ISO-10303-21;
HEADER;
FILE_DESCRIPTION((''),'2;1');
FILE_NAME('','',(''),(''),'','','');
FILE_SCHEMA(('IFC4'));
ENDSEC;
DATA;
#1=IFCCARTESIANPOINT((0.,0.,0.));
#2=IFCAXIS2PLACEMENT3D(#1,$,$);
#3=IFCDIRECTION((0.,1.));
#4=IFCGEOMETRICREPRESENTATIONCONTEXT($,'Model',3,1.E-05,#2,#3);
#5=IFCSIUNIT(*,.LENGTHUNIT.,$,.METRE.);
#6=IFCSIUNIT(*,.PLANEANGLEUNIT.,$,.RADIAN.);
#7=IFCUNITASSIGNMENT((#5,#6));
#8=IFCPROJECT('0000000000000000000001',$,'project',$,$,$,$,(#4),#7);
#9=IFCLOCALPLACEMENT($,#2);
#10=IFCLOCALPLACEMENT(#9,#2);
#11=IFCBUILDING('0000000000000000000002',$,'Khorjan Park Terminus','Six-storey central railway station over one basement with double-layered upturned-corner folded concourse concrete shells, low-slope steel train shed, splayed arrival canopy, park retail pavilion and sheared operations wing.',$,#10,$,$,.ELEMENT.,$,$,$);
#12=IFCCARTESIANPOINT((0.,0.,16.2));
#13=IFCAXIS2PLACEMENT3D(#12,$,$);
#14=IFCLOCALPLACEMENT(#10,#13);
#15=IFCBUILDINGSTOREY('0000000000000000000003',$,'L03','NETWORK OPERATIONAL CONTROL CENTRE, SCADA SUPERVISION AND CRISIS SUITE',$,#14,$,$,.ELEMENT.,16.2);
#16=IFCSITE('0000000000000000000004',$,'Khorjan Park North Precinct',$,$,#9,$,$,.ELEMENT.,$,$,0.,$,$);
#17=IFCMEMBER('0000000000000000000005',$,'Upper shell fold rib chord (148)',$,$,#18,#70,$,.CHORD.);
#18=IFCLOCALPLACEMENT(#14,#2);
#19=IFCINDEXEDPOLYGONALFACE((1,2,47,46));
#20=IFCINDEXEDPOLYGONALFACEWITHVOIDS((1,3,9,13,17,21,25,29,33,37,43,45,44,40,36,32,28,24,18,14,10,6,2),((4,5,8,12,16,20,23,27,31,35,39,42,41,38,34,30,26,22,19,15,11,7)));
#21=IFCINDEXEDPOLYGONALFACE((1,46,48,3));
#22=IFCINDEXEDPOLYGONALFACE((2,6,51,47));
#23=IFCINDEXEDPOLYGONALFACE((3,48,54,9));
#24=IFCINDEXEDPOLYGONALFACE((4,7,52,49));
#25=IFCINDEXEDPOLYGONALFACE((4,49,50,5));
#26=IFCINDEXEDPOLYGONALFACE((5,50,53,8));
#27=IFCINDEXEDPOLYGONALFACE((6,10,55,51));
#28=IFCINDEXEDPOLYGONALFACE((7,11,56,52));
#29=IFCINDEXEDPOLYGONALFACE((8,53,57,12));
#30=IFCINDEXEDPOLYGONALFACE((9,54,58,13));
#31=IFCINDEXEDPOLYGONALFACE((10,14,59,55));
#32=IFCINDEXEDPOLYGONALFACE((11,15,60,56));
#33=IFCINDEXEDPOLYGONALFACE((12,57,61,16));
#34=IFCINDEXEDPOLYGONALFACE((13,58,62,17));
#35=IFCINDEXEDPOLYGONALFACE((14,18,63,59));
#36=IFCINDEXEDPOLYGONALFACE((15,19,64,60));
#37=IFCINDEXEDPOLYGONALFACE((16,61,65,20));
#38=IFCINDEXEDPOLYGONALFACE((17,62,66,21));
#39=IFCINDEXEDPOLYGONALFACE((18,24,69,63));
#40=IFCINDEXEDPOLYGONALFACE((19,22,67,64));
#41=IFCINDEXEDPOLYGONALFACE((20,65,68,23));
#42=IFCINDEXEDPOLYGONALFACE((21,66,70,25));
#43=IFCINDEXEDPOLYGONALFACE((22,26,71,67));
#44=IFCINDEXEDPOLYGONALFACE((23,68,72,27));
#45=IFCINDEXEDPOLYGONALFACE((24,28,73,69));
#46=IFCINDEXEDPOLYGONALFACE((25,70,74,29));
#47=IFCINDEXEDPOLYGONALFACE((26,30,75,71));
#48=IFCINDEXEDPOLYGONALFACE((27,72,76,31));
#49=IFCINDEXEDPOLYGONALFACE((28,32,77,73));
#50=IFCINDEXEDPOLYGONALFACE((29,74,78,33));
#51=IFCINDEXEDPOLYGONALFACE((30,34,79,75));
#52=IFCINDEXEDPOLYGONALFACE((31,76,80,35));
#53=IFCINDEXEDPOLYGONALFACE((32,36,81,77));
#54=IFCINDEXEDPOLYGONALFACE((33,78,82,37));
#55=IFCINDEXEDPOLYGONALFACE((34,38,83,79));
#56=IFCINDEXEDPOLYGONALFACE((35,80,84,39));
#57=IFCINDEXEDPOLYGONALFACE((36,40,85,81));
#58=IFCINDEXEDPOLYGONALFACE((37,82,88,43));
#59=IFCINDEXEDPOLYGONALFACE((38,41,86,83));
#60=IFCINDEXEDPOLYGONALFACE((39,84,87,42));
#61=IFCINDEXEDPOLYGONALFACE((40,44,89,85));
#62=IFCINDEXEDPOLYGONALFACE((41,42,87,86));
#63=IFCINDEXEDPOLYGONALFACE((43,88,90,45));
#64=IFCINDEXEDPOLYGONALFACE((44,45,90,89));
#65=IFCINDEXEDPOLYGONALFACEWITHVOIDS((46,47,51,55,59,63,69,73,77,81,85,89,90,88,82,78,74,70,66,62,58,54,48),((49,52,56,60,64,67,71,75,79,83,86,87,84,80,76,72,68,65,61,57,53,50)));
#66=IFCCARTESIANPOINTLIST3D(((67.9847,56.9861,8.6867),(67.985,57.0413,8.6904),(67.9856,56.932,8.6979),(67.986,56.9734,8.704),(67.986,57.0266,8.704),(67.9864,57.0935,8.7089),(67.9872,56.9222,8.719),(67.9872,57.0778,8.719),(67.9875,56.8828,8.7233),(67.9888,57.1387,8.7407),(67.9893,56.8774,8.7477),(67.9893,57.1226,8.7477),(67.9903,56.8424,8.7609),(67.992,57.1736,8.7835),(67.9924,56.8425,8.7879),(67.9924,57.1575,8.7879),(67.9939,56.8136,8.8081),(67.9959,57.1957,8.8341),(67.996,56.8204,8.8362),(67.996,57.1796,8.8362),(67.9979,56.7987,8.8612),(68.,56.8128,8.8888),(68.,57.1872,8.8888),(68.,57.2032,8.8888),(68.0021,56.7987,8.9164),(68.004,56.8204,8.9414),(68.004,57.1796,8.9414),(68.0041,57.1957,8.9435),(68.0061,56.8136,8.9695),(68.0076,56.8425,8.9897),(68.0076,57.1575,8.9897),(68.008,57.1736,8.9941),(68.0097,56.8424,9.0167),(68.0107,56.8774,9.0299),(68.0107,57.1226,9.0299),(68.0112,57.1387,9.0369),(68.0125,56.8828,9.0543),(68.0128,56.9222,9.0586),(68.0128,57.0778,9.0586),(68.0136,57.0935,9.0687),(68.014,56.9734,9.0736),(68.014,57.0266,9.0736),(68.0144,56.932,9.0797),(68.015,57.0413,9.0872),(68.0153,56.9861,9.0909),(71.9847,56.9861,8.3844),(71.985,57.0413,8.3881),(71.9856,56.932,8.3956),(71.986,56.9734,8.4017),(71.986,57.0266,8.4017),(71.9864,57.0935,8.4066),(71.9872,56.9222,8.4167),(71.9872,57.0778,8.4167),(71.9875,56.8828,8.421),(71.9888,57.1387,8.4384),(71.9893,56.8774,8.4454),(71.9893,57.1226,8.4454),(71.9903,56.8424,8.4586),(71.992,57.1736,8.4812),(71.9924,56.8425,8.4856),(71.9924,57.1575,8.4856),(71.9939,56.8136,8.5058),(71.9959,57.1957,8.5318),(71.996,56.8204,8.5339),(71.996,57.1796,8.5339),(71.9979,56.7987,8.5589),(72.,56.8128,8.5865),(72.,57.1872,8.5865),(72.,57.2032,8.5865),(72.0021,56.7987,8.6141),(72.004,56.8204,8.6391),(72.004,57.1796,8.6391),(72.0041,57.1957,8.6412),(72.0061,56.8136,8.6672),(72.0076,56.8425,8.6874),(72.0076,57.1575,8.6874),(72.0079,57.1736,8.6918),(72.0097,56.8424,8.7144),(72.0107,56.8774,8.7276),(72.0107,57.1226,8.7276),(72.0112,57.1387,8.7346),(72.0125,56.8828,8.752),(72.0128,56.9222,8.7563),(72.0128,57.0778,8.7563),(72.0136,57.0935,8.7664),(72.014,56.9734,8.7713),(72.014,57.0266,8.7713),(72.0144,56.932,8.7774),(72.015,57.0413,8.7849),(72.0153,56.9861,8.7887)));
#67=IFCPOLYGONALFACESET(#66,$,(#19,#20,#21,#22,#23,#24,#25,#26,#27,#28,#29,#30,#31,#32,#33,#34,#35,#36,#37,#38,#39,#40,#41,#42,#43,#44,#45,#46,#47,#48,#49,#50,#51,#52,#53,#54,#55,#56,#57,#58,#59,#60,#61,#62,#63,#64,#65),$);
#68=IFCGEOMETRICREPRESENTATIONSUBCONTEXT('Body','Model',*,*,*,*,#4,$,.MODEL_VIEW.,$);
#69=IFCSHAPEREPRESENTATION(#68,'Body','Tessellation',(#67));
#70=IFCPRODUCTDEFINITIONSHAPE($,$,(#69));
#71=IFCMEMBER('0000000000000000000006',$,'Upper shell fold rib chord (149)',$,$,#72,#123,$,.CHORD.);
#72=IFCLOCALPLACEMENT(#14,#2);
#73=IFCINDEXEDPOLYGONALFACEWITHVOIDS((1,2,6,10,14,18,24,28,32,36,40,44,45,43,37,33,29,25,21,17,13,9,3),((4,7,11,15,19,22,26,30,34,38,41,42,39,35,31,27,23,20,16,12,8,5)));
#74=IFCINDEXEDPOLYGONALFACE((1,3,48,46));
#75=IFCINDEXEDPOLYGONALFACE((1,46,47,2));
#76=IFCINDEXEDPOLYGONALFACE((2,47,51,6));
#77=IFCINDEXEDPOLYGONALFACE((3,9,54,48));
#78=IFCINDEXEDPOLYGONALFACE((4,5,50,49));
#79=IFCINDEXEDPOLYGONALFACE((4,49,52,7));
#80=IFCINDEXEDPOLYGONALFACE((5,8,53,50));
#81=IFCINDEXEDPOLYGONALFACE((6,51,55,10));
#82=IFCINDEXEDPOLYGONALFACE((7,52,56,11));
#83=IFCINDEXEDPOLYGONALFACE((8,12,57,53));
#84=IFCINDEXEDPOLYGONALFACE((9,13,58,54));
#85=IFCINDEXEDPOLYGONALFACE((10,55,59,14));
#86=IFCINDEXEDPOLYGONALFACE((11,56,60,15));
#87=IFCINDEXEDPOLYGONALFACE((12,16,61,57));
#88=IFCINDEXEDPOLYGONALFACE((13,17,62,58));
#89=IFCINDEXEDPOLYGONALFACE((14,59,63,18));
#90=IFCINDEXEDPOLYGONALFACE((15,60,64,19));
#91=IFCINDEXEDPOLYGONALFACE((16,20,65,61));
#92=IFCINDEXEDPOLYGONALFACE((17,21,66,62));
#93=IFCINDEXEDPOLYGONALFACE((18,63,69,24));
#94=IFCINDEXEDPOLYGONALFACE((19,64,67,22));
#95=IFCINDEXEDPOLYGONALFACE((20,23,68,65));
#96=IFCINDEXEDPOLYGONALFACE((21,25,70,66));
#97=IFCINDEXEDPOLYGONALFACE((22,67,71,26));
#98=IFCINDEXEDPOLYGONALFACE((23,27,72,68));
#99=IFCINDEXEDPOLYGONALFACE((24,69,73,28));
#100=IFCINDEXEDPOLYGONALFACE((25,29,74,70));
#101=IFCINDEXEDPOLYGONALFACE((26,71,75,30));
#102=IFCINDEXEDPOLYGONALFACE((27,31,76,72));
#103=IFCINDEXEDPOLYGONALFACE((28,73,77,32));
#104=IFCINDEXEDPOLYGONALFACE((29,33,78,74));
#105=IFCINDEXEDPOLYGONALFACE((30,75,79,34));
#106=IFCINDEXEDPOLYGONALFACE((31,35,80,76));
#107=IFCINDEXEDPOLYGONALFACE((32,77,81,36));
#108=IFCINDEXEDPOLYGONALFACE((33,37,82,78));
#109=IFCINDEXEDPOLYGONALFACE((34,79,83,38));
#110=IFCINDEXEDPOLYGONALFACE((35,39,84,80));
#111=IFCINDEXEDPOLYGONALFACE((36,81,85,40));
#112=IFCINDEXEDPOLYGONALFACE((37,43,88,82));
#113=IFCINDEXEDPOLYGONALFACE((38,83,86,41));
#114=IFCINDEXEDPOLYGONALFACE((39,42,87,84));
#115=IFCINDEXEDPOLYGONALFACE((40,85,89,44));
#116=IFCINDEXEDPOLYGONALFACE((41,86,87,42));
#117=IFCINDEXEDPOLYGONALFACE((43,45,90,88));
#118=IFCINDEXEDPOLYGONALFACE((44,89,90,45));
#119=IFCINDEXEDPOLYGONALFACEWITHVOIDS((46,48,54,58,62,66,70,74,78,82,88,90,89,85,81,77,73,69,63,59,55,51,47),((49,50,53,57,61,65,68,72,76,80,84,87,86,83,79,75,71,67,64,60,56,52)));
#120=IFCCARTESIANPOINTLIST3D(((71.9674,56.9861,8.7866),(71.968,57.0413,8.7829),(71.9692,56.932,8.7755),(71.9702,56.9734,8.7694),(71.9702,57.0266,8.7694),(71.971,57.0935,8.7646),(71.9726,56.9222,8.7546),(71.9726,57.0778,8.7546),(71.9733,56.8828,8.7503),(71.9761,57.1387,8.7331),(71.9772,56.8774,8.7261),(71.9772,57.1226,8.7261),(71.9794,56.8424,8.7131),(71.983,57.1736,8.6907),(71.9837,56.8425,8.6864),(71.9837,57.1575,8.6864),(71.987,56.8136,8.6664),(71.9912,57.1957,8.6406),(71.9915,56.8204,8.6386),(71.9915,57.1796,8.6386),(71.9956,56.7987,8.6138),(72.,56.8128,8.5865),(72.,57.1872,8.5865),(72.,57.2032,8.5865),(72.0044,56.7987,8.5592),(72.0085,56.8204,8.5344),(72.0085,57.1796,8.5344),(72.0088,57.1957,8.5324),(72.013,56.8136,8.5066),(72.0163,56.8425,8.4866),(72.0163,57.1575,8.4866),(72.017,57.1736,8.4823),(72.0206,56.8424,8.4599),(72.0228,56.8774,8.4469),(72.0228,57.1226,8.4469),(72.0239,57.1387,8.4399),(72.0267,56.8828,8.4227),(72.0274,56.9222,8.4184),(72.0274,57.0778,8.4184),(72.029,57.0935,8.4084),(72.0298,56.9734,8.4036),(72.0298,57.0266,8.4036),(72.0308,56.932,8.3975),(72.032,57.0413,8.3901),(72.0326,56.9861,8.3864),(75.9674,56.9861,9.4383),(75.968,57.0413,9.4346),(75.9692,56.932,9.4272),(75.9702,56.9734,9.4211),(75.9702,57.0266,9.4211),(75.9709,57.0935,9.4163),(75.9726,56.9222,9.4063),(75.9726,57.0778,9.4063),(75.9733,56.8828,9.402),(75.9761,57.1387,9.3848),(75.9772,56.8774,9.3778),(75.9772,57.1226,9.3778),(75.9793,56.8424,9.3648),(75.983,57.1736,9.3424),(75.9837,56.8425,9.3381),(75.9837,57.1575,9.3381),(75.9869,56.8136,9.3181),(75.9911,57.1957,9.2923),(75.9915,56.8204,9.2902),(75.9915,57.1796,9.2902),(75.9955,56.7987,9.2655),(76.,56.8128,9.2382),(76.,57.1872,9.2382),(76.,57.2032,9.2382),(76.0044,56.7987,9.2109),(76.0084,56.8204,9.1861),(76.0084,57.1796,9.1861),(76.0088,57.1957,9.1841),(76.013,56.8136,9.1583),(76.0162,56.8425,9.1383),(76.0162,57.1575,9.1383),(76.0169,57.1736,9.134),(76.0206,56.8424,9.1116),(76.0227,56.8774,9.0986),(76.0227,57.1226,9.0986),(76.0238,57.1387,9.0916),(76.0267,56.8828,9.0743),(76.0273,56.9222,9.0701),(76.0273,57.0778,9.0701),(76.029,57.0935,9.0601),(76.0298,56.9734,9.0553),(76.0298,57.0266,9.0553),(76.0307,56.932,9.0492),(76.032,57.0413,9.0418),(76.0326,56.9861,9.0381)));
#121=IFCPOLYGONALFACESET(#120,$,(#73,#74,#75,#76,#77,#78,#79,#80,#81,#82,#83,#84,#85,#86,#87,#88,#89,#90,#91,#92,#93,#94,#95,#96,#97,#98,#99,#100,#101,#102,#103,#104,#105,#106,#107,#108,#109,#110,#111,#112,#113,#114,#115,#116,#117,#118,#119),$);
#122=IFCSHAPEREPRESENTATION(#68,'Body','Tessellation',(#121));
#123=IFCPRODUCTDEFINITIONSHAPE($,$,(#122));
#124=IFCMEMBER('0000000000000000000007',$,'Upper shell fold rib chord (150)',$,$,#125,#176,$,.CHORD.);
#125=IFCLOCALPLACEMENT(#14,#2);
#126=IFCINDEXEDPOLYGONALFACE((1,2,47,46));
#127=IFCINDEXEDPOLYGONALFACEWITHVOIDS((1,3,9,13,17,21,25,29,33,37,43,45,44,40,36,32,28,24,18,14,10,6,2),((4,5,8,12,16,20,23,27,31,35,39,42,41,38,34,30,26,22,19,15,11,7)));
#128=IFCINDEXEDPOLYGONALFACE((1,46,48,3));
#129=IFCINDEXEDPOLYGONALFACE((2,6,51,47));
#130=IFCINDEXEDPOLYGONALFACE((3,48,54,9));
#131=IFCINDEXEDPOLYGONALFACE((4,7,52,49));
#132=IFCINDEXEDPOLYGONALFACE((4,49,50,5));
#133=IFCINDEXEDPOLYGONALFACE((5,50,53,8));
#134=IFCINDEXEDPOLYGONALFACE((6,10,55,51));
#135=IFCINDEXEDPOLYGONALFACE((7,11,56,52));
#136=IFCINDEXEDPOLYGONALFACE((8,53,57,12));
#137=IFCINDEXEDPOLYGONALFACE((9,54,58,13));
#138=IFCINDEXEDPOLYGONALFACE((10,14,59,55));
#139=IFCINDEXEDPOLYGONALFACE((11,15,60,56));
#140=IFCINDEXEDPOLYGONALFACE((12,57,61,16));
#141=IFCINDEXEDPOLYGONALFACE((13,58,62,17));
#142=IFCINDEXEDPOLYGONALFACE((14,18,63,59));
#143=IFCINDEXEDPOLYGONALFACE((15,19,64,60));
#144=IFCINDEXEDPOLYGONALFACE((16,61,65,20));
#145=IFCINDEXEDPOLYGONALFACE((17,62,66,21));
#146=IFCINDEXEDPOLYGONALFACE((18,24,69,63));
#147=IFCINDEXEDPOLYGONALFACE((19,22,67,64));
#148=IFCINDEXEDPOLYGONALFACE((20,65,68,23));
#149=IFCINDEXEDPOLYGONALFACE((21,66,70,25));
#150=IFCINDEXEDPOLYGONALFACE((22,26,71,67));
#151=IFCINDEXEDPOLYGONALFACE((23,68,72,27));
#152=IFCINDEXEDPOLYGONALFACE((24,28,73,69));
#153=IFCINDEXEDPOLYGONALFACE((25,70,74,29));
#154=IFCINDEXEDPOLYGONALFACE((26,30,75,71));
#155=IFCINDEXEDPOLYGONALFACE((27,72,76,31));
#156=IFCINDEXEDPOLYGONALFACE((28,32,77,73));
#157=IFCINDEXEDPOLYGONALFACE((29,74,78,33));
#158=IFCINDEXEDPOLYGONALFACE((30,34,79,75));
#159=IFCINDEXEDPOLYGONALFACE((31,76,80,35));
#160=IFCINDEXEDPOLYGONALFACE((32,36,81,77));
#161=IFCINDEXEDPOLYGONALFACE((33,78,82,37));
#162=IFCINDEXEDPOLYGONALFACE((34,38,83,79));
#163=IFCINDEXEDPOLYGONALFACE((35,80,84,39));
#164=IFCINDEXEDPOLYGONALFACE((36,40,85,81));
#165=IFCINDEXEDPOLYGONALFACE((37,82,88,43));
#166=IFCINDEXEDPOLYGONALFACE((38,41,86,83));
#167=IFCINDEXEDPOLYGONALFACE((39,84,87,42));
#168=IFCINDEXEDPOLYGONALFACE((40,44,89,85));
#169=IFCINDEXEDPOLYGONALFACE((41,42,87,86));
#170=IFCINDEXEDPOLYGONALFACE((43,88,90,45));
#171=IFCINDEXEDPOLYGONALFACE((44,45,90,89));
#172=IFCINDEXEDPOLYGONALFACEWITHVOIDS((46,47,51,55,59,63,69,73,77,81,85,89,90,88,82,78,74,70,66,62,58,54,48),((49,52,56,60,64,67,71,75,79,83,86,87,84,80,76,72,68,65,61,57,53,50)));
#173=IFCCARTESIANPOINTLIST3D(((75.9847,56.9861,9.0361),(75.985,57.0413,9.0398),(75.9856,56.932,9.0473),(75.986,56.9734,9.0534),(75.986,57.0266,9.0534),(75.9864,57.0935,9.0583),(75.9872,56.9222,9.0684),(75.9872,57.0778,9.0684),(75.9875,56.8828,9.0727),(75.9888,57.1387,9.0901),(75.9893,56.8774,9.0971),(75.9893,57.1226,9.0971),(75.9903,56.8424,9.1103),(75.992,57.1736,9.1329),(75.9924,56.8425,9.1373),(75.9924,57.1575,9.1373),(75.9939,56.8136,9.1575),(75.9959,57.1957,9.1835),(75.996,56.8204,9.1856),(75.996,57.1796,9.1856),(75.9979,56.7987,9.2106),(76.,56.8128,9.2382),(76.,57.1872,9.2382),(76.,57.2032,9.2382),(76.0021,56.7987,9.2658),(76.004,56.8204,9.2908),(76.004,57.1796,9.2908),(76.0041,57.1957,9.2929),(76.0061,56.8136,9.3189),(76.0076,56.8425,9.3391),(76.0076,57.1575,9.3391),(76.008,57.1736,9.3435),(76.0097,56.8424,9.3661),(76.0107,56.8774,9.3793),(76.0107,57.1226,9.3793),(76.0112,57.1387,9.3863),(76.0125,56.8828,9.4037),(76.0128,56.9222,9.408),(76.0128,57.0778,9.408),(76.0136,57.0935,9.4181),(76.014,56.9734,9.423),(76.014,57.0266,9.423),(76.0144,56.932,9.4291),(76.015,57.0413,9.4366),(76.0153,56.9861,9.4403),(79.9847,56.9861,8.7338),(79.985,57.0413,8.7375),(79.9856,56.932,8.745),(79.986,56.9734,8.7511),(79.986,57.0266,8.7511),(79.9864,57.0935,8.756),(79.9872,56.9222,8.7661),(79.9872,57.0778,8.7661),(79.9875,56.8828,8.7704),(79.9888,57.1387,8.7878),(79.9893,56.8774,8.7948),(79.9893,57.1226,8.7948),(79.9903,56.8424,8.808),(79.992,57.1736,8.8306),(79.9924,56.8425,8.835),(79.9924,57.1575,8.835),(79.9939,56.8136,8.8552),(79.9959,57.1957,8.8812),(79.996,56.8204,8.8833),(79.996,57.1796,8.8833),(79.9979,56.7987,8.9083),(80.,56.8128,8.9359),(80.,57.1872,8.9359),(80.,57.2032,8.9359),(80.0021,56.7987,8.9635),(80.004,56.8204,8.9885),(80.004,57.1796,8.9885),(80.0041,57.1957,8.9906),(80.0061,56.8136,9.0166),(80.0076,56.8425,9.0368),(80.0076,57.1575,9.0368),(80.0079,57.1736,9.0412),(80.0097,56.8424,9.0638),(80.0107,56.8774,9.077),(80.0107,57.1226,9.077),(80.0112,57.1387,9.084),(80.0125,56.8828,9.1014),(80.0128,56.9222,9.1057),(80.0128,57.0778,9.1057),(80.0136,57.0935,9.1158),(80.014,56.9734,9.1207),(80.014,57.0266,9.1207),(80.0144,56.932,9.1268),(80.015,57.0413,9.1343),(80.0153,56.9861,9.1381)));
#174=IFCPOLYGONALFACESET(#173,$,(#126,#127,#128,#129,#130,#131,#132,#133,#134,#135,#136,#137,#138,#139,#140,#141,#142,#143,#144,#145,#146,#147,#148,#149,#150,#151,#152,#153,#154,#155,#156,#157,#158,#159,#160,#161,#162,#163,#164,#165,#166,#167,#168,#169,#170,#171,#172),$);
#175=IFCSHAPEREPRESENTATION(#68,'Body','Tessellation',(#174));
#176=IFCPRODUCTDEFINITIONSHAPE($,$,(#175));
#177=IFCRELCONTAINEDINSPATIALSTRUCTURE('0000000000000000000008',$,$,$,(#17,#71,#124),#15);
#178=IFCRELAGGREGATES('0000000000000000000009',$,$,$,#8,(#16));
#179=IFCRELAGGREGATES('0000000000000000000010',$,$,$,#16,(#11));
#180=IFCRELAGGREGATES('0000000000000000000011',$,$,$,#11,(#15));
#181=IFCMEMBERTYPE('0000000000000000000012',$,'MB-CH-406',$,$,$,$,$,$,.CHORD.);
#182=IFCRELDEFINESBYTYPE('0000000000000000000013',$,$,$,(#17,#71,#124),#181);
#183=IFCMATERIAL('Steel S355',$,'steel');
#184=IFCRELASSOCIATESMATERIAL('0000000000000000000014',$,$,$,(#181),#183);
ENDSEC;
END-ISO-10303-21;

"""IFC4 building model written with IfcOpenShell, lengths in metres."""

from ifc_helpers import new_model, si_unit, direction, frame, origin, origin_2d, place, context, subcontext, project, spatial, hollow_circle, extrude, material, material_profile, profile_set, type_object, element, save


model = new_model("IFC4")

# Units and contexts
model_context = context("Model", 3, precision=1e-05, world=origin(), true_north=direction((0.0, 1.0)))
body_context = subcontext(model_context, "Body", "Model", "MODEL_VIEW")
ifc_project = project(units=[si_unit("LENGTHUNIT", "METRE"), si_unit("PLANEANGLEUNIT", "RADIAN")], contexts=[model_context])

# Site, building, storey
site_placement = place(None, origin())
site = spatial("IfcSite", under=ifc_project, at=site_placement, Name="Khorjan Park North Precinct", CompositionType="ELEMENT", RefElevation=0.0)
building_placement = place(site_placement, origin())
building = spatial("IfcBuilding", under=site, at=building_placement, Name="Khorjan Park Terminus", Description="Six-storey central railway station over one basement with double-layered upturned-corner folded concourse concrete shells, low-slope steel train shed, splayed arrival canopy, park retail pavilion and sheared operations wing.", CompositionType="ELEMENT")
storey_placement = place(building_placement, frame((0.0, 0.0, 16.2)))
storey = spatial("IfcBuildingStorey", under=building, at=storey_placement, Name="L03", Description="NETWORK OPERATIONAL CONTROL CENTRE, SCADA SUPERVISION AND CRISIS SUITE", CompositionType="ELEMENT", Elevation=16.2)

# Members
ifc_material = material(Name="Steel S355", Category="steel")
ifc_material_profile_1 = material_profile(ifc_material, hollow_circle(Radius=0.2032, WallThickness=0.016, at=origin_2d()), Name="CHS 406.4x16")
ifc_profile_set_1 = profile_set([ifc_material_profile_1], Name="Steel S355")
member_type_1 = type_object("IfcMemberType", Name="MB-CH-406", PredefinedType="CHORD", material=ifc_profile_set_1)
member_1_placement = place(storey_placement, frame((68.0, 57.0, 8.8888), z_axis=(0.997156, 0.0, -0.07536), x_axis=(0.0, 1.0, 0.0)))
element("IfcMember", 1, at=member_1_placement, inside=storey, type_object=member_type_1, Name="Upper shell fold rib chord (148)", PredefinedType="CHORD", context=body_context, shape_type="SweptSolid", body=[
    extrude(hollow_circle(Radius=0.2032, WallThickness=0.016, at=origin_2d()), origin(), (0.0, 0.0, 1.0), 4.0114),
])
member_2_placement = place(storey_placement, frame((72.0, 57.0, 8.5865), z_axis=(0.986986, 0.0, 0.160805), x_axis=(0.0, 1.0, 0.0)))
element("IfcMember", 2, at=member_2_placement, inside=storey, type_object=member_type_1, Name="Upper shell fold rib chord (149)", PredefinedType="CHORD", context=body_context, shape_type="SweptSolid", body=[
    extrude(hollow_circle(Radius=0.2032, WallThickness=0.016, at=origin_2d()), origin(), (0.0, 0.0, 1.0), 4.0527),
])
member_3_placement = place(storey_placement, frame((76.0, 57.0, 9.2382), z_axis=(0.997156, 0.0, -0.07536), x_axis=(0.0, 1.0, 0.0)))
element("IfcMember", 3, at=member_3_placement, inside=storey, type_object=member_type_1, Name="Upper shell fold rib chord (150)", PredefinedType="CHORD", context=body_context, shape_type="SweptSolid", body=[
    extrude(hollow_circle(Radius=0.2032, WallThickness=0.016, at=origin_2d()), origin(), (0.0, 0.0, 1.0), 4.0114),
])

save(model, "model.ifc")
